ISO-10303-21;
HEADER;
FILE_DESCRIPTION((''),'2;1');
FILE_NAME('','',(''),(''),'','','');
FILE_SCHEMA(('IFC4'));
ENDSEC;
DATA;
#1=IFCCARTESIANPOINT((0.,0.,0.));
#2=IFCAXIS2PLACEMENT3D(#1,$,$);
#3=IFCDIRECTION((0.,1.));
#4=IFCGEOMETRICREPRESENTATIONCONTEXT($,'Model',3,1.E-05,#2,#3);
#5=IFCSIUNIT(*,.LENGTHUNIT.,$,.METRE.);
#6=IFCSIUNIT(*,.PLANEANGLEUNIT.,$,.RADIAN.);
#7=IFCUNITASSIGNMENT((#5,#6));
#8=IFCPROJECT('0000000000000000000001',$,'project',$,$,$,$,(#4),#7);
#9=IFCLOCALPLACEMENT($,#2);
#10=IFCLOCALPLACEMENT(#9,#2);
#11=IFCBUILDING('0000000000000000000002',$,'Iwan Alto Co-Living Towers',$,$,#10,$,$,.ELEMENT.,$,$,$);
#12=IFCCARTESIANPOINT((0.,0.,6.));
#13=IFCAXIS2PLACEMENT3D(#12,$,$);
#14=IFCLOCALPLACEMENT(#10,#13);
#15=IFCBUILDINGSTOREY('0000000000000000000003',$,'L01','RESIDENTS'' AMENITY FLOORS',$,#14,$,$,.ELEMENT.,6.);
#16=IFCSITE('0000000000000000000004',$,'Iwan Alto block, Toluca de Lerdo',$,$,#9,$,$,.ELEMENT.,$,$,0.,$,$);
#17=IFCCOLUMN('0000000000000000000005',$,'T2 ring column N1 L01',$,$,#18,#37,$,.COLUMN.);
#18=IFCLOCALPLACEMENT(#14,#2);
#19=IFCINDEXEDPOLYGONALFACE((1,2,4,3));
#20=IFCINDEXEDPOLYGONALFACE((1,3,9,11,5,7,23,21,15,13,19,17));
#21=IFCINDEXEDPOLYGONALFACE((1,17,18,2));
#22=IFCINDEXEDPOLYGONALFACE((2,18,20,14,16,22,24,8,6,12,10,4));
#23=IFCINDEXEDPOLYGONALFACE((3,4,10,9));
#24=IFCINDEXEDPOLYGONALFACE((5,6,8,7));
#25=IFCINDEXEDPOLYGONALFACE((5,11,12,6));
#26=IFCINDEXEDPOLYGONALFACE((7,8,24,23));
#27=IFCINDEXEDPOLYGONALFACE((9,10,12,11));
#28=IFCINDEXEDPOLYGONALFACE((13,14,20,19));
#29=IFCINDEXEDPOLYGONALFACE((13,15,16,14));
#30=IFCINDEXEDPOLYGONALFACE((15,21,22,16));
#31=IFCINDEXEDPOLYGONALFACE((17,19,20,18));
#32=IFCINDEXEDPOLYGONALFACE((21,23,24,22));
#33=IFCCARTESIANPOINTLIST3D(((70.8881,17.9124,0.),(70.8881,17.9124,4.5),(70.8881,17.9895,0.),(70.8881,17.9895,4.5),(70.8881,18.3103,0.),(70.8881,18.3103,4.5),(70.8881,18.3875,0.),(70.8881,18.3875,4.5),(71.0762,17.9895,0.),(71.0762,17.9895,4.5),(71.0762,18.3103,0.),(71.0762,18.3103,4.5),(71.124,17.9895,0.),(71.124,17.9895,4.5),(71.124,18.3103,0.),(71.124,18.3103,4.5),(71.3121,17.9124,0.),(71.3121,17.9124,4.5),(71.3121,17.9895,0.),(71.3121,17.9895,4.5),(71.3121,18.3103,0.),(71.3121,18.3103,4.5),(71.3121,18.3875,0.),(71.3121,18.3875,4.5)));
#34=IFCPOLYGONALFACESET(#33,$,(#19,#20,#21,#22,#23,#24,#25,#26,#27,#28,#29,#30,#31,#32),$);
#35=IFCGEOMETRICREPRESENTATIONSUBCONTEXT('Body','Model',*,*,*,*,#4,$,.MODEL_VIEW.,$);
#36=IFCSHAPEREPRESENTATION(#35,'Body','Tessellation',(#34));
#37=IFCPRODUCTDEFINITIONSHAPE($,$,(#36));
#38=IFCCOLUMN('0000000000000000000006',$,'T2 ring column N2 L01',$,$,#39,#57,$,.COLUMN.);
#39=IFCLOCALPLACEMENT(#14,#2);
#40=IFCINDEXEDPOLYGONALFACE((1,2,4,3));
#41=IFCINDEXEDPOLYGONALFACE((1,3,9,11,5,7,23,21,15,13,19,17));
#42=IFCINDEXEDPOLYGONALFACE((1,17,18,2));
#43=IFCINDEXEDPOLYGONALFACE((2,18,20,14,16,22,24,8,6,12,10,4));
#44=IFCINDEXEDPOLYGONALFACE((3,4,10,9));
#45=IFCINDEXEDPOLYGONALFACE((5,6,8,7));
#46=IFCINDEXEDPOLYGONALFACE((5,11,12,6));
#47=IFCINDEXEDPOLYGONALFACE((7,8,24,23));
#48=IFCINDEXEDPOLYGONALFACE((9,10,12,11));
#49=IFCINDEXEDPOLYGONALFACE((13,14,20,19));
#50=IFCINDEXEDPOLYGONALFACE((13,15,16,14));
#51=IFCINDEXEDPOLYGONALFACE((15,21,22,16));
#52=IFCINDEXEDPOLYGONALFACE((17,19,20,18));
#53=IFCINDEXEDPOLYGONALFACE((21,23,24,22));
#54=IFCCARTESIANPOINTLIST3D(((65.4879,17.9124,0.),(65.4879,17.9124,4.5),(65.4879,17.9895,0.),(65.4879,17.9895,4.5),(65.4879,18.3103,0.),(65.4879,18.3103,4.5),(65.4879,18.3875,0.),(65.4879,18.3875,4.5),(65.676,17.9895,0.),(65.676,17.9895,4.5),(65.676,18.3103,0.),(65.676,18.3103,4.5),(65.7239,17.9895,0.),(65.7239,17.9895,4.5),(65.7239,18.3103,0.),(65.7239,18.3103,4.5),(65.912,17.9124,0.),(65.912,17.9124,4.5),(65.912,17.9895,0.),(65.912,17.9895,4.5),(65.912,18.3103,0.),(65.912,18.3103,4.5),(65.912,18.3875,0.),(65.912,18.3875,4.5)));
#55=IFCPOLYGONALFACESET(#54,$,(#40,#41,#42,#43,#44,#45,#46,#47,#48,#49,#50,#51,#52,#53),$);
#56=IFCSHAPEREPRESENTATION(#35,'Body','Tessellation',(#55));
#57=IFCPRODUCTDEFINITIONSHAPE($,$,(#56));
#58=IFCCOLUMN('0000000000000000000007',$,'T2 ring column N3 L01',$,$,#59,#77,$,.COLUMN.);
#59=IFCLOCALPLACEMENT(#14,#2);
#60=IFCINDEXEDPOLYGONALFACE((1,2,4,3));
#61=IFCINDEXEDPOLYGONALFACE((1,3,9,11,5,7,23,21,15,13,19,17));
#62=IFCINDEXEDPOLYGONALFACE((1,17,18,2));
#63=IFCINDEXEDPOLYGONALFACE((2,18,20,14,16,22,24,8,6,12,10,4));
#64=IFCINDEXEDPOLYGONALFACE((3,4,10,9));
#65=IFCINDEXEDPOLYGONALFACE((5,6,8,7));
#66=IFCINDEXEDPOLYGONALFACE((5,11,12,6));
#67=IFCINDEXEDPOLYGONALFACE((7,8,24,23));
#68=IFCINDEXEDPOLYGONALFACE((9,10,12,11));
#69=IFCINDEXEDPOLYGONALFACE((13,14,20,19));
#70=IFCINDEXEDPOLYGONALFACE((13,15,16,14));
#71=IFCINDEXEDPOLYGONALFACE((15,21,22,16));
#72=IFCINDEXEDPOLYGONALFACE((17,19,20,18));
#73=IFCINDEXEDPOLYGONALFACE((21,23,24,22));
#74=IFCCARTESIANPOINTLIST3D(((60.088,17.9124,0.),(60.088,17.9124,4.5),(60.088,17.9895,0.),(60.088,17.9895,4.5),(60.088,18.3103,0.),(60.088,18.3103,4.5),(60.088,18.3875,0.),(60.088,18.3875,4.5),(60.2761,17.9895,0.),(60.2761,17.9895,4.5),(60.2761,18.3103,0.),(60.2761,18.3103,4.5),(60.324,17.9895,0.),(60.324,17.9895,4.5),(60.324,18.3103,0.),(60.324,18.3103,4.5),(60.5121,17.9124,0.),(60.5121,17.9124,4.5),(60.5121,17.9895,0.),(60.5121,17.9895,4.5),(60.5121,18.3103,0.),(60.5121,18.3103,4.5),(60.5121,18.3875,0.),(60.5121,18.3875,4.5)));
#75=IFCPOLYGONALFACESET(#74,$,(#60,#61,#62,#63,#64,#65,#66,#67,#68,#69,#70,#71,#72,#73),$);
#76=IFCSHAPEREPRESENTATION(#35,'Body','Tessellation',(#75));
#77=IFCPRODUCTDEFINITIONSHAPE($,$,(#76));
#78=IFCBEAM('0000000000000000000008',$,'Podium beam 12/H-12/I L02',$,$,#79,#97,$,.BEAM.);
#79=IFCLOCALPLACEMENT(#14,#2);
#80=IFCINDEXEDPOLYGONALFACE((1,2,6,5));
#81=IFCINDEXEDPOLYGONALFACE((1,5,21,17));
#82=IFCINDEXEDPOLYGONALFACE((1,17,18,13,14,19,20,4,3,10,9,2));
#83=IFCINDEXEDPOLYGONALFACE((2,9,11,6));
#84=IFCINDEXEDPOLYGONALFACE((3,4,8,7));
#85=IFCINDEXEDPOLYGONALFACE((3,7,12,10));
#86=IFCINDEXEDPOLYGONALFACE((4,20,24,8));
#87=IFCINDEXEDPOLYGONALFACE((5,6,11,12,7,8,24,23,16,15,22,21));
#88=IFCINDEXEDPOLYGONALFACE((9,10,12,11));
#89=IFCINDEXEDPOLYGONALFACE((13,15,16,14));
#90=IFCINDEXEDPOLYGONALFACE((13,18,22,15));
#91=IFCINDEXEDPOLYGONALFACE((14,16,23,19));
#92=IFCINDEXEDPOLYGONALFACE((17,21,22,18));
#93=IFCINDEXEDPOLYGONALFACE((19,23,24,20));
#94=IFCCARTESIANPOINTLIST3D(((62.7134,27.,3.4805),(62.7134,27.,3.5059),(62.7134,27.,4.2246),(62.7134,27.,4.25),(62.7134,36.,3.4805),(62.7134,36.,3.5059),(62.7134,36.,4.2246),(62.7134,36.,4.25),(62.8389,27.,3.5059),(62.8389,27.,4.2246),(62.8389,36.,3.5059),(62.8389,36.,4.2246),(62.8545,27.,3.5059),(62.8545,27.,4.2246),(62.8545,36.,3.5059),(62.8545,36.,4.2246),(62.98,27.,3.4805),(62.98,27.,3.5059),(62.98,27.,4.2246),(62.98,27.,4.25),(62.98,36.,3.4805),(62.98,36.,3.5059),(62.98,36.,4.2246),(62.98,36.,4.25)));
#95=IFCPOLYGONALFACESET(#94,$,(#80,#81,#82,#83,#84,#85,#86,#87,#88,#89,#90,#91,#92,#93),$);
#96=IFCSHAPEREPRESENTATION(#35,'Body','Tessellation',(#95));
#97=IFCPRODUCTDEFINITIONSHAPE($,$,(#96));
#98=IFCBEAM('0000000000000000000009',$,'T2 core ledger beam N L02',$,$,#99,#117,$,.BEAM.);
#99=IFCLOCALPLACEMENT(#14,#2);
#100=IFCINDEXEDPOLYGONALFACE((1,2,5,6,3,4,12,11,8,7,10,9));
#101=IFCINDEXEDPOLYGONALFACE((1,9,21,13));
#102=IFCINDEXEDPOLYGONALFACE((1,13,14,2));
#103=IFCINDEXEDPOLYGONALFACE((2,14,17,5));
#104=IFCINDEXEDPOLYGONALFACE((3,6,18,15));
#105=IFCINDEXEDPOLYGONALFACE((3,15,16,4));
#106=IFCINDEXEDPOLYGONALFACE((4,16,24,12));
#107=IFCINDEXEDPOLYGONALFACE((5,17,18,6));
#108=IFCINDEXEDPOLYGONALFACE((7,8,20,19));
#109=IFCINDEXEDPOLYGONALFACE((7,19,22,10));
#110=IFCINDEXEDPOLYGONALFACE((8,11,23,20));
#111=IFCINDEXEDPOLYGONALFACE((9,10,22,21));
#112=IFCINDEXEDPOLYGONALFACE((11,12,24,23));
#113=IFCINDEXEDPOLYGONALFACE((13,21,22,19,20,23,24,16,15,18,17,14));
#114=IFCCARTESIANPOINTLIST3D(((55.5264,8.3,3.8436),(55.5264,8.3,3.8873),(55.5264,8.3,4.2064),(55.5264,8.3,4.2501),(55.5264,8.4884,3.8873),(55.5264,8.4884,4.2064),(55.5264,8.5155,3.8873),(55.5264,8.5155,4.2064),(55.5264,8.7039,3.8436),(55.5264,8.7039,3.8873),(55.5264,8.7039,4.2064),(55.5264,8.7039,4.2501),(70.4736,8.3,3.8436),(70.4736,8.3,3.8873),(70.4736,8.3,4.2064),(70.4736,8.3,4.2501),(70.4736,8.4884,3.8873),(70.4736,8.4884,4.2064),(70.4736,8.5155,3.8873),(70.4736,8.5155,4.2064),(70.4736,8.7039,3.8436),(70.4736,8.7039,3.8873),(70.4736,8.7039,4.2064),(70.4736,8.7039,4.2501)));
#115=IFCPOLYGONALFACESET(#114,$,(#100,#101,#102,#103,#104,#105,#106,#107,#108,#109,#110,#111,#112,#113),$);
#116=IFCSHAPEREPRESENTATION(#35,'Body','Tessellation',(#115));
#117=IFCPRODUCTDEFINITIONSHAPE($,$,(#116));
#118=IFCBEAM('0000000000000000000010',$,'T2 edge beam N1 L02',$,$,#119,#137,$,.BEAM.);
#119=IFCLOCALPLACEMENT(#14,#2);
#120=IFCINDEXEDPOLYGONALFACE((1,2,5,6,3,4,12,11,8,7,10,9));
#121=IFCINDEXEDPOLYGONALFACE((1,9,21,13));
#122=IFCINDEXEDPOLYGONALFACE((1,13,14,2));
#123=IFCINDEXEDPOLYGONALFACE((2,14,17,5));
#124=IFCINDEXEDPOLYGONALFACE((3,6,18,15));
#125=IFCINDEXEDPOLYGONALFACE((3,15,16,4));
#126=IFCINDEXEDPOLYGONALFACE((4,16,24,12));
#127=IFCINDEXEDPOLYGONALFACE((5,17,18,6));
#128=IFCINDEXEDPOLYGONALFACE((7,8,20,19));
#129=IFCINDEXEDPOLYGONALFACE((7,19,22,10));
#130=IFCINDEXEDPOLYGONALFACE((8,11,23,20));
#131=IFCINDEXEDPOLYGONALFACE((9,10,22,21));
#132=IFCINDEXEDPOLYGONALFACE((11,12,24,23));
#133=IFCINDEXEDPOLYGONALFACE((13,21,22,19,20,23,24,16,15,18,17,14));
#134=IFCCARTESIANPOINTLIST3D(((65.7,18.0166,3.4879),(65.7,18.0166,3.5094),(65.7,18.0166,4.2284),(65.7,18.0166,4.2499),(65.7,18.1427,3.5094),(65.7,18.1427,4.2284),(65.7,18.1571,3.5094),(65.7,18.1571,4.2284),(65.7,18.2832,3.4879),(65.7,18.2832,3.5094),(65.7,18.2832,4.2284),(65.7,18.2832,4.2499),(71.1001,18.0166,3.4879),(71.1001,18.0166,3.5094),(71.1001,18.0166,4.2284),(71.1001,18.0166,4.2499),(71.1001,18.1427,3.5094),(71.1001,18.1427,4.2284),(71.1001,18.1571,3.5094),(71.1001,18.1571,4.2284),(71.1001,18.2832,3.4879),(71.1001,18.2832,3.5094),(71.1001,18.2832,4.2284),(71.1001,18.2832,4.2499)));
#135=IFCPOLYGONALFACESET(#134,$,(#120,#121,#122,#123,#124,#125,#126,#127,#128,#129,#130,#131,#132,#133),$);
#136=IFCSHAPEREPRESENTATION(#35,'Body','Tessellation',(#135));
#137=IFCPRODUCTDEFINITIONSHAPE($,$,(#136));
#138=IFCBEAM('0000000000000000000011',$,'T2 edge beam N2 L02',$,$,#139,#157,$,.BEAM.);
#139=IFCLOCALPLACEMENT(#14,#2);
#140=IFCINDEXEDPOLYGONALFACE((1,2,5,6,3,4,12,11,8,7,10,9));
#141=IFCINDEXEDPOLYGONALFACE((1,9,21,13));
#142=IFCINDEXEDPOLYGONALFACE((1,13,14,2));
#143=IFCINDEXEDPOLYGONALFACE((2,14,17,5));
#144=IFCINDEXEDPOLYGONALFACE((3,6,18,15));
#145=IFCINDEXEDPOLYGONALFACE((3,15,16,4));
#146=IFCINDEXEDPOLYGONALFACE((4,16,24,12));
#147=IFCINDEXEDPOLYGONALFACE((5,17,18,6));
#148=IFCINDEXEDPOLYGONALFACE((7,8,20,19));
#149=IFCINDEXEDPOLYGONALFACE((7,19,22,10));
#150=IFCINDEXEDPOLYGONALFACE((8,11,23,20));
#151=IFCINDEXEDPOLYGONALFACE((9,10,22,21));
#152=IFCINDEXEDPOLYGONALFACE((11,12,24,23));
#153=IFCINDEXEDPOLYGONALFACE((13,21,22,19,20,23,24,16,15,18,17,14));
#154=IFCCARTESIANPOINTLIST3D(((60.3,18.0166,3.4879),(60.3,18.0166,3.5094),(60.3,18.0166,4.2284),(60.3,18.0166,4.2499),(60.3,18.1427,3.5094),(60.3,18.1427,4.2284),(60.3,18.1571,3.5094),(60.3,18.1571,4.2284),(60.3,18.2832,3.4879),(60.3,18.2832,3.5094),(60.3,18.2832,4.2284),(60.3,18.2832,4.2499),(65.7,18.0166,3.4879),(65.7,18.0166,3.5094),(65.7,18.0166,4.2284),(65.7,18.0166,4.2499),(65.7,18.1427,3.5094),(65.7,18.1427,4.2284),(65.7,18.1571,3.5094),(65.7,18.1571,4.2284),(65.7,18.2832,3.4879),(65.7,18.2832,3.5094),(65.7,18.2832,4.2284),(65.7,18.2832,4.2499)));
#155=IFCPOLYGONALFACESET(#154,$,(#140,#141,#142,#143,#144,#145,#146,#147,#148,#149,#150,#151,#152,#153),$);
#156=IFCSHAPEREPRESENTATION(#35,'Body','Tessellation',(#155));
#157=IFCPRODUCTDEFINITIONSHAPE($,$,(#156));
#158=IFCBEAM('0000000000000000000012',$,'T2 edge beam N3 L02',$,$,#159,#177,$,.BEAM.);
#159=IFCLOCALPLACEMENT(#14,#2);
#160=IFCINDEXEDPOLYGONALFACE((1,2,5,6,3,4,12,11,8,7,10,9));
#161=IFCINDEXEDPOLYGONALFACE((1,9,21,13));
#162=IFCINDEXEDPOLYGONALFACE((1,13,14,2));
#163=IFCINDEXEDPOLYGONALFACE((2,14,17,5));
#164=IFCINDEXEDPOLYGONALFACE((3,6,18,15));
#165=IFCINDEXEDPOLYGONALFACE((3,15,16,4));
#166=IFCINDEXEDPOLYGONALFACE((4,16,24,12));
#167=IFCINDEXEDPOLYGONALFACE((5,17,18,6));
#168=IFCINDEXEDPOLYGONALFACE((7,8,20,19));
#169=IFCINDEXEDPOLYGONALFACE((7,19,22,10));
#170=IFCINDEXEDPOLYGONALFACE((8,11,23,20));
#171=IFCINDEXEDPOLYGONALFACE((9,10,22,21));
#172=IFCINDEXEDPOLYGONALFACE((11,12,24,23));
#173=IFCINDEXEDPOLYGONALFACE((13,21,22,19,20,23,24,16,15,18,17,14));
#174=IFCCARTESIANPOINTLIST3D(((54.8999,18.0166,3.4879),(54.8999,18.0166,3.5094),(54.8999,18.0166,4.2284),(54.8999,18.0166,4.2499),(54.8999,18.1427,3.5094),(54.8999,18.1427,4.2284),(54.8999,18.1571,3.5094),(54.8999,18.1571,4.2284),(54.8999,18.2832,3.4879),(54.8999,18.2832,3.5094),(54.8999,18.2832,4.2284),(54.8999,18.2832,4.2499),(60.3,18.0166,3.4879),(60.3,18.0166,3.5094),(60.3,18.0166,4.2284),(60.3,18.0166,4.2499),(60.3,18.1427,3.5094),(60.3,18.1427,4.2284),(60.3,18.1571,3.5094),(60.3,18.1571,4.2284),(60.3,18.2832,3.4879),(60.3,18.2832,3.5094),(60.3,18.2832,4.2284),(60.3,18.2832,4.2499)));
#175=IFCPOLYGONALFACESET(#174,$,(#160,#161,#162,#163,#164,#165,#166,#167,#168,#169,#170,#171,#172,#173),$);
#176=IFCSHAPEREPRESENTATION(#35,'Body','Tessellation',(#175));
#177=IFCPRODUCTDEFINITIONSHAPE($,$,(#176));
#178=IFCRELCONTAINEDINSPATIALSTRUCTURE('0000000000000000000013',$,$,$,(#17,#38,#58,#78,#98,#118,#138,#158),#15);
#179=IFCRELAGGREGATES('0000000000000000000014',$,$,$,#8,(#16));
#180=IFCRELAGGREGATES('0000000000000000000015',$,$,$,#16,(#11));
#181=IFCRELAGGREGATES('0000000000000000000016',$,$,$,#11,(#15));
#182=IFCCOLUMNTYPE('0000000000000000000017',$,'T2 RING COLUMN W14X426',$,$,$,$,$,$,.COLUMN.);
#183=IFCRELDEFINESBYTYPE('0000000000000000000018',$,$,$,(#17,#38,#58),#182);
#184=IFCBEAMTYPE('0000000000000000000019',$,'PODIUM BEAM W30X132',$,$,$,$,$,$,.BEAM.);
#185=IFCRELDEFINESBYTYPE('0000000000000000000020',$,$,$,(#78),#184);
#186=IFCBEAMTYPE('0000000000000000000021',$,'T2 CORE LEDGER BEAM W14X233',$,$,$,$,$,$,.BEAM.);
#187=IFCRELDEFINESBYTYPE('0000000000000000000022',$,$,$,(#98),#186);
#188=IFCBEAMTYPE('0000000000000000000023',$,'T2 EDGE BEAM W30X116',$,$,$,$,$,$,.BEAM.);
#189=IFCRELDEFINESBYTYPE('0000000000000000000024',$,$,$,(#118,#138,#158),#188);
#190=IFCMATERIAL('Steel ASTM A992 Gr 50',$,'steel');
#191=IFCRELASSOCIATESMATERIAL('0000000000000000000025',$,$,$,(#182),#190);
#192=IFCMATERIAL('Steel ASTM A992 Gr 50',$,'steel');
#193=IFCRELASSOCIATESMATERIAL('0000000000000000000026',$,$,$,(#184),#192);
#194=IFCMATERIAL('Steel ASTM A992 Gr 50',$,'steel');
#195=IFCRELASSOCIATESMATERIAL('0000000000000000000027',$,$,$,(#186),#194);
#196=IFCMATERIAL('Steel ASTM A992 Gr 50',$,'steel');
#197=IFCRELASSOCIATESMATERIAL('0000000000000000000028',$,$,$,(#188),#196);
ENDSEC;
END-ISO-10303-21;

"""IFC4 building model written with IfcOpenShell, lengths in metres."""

from ifc_helpers import new_model, si_unit, direction, frame, origin, origin_2d, place, context, subcontext, project, spatial, i_section, extrude, material, material_profile, profile_set, type_object, element, save


model = new_model("IFC4")

# Units and contexts
model_context = context("Model", 3, precision=1e-05, world=origin(), true_north=direction((0.0, 1.0)))
body_context = subcontext(model_context, "Body", "Model", "MODEL_VIEW")
ifc_project = project(units=[si_unit("LENGTHUNIT", "METRE"), si_unit("PLANEANGLEUNIT", "RADIAN")], contexts=[model_context])

# Site, building, storey
site_placement = place(None, origin())
site = spatial("IfcSite", under=ifc_project, at=site_placement, Name="Iwan Alto block, Toluca de Lerdo", CompositionType="ELEMENT", RefElevation=0.0)
building_placement = place(site_placement, origin())
building = spatial("IfcBuilding", under=site, at=building_placement, Name="Iwan Alto Co-Living Towers", CompositionType="ELEMENT")
storey_placement = place(building_placement, frame((0.0, 0.0, 6.0)))
storey = spatial("IfcBuildingStorey", under=building, at=storey_placement, Name="L01", Description="RESIDENTS' AMENITY FLOORS", CompositionType="ELEMENT", Elevation=6.0)

# Columns
ifc_material_1 = material(Name="Steel ASTM A992 Gr 50", Category="steel")
ifc_material_profile_1 = material_profile(ifc_material_1, i_section(OverallWidth=0.4241, OverallDepth=0.4751, WebThickness=0.0479, FlangeThickness=0.0771, at=origin_2d()), Name="W14X426")
ifc_profile_set_1 = profile_set([ifc_material_profile_1], Name="Steel ASTM A992 Gr 50")
column_type = type_object("IfcColumnType", Name="T2 RING COLUMN W14X426", PredefinedType="COLUMN", material=ifc_profile_set_1)
for number, where, z_axis, x_axis, name in (
    (1, (71.1001, 18.1499, 0.0), (0.0, 0.0, 1.0), (1.0, 0.0, 0.0), "T2 ring column N1 L01"),
    (2, (65.7, 18.1499, 0.0), (0.0, 0.0, 1.0), (1.0, 0.0, 0.0), "T2 ring column N2 L01"),
    (3, (60.3, 18.1499, 0.0), (0.0, 0.0, 1.0), (1.0, 0.0, 0.0), "T2 ring column N3 L01"),
):
    element("IfcColumn", number, at=place(storey_placement, frame(where, z_axis=z_axis, x_axis=x_axis)), inside=storey, type_object=column_type, Name=name, PredefinedType="COLUMN", context=body_context, shape_type="SweptSolid", body=[
        extrude(i_section(OverallWidth=0.4241, OverallDepth=0.4751, WebThickness=0.0479, FlangeThickness=0.0771, at=origin_2d()), origin(), (0.0, 0.0, 1.0), 4.5),
    ])

# Beams
ifc_material_2 = material(Name="Steel ASTM A992 Gr 50", Category="steel")
ifc_material_profile_2 = material_profile(ifc_material_2, i_section(OverallWidth=0.2666, OverallDepth=0.7695, WebThickness=0.0156, FlangeThickness=0.0254, at=origin_2d()), Name="W30X132")
ifc_profile_set_2 = profile_set([ifc_material_profile_2], Name="Steel ASTM A992 Gr 50")
beam_type_1 = type_object("IfcBeamType", Name="PODIUM BEAM W30X132", PredefinedType="BEAM", material=ifc_profile_set_2)
beam_1_placement = place(storey_placement, frame((62.8467, 27.0, 3.8652), z_axis=(0.0, 1.0, 0.0), x_axis=(-1.0, 0.0, 0.0)))
element("IfcBeam", 4, at=beam_1_placement, inside=storey, type_object=beam_type_1, Name="Podium beam 12/H-12/I L02", PredefinedType="BEAM", context=body_context, shape_type="SweptSolid", body=[
    extrude(i_section(OverallWidth=0.2666, OverallDepth=0.7695, WebThickness=0.0156, FlangeThickness=0.0254, at=origin_2d()), origin(), (0.0, 0.0, 1.0), 9.0),
])
ifc_material_3 = material(Name="Steel ASTM A992 Gr 50", Category="steel")
ifc_material_profile_3 = material_profile(ifc_material_3, i_section(OverallWidth=0.4038, OverallDepth=0.4065, WebThickness=0.0271, FlangeThickness=0.0437, at=origin_2d()), Name="W14X233")
ifc_profile_set_3 = profile_set([ifc_material_profile_3], Name="Steel ASTM A992 Gr 50")
beam_type_2 = type_object("IfcBeamType", Name="T2 CORE LEDGER BEAM W14X233", PredefinedType="BEAM", material=ifc_profile_set_3)
beam_2_placement = place(storey_placement, frame((70.4736, 8.502, 4.0469), z_axis=(-1.0, 0.0, 0.0), x_axis=(0.0, -1.0, 0.0)))
element("IfcBeam", 5, at=beam_2_placement, inside=storey, type_object=beam_type_2, Name="T2 core ledger beam N L02", PredefinedType="BEAM", context=body_context, shape_type="SweptSolid", body=[
    extrude(i_section(OverallWidth=0.4038, OverallDepth=0.4065, WebThickness=0.0271, FlangeThickness=0.0437, at=origin_2d()), origin(), (0.0, 0.0, 1.0), 14.9473),
])
ifc_material_4 = material(Name="Steel ASTM A992 Gr 50", Category="steel")
ifc_material_profile_4 = material_profile(ifc_material_4, i_section(OverallWidth=0.2666, OverallDepth=0.762, WebThickness=0.0144, FlangeThickness=0.0215, at=origin_2d()), Name="W30X116")
ifc_profile_set_4 = profile_set([ifc_material_profile_4], Name="Steel ASTM A992 Gr 50")
beam_type_3 = type_object("IfcBeamType", Name="T2 EDGE BEAM W30X116", PredefinedType="BEAM", material=ifc_profile_set_4)
beam_3_placement = place(storey_placement, frame((71.1001, 18.1499, 3.8689), z_axis=(-1.0, 0.0, 0.0), x_axis=(0.0, -1.0, 0.0)))
element("IfcBeam", 6, at=beam_3_placement, inside=storey, type_object=beam_type_3, Name="T2 edge beam N1 L02", PredefinedType="BEAM", context=body_context, shape_type="SweptSolid", body=[
    extrude(i_section(OverallWidth=0.2666, OverallDepth=0.762, WebThickness=0.0144, FlangeThickness=0.0215, at=origin_2d()), origin(), (0.0, 0.0, 1.0), 5.4001),
])
beam_4_placement = place(storey_placement, frame((65.7, 18.1499, 3.8689), z_axis=(-1.0, 0.0, 0.0), x_axis=(0.0, -1.0, 0.0)))
element("IfcBeam", 7, at=beam_4_placement, inside=storey, type_object=beam_type_3, Name="T2 edge beam N2 L02", PredefinedType="BEAM", context=body_context, shape_type="SweptSolid", body=[
    extrude(i_section(OverallWidth=0.2666, OverallDepth=0.762, WebThickness=0.0144, FlangeThickness=0.0215, at=origin_2d()), origin(), (0.0, 0.0, 1.0), 5.3999),
])
beam_5_placement = place(storey_placement, frame((60.3, 18.1499, 3.8689), z_axis=(-1.0, 0.0, 0.0), x_axis=(0.0, -1.0, 0.0)))
element("IfcBeam", 8, at=beam_5_placement, inside=storey, type_object=beam_type_3, Name="T2 edge beam N3 L02", PredefinedType="BEAM", context=body_context, shape_type="SweptSolid", body=[
    extrude(i_section(OverallWidth=0.2666, OverallDepth=0.762, WebThickness=0.0144, FlangeThickness=0.0215, at=origin_2d()), origin(), (0.0, 0.0, 1.0), 5.4001),
])

save(model, "model.ifc")
